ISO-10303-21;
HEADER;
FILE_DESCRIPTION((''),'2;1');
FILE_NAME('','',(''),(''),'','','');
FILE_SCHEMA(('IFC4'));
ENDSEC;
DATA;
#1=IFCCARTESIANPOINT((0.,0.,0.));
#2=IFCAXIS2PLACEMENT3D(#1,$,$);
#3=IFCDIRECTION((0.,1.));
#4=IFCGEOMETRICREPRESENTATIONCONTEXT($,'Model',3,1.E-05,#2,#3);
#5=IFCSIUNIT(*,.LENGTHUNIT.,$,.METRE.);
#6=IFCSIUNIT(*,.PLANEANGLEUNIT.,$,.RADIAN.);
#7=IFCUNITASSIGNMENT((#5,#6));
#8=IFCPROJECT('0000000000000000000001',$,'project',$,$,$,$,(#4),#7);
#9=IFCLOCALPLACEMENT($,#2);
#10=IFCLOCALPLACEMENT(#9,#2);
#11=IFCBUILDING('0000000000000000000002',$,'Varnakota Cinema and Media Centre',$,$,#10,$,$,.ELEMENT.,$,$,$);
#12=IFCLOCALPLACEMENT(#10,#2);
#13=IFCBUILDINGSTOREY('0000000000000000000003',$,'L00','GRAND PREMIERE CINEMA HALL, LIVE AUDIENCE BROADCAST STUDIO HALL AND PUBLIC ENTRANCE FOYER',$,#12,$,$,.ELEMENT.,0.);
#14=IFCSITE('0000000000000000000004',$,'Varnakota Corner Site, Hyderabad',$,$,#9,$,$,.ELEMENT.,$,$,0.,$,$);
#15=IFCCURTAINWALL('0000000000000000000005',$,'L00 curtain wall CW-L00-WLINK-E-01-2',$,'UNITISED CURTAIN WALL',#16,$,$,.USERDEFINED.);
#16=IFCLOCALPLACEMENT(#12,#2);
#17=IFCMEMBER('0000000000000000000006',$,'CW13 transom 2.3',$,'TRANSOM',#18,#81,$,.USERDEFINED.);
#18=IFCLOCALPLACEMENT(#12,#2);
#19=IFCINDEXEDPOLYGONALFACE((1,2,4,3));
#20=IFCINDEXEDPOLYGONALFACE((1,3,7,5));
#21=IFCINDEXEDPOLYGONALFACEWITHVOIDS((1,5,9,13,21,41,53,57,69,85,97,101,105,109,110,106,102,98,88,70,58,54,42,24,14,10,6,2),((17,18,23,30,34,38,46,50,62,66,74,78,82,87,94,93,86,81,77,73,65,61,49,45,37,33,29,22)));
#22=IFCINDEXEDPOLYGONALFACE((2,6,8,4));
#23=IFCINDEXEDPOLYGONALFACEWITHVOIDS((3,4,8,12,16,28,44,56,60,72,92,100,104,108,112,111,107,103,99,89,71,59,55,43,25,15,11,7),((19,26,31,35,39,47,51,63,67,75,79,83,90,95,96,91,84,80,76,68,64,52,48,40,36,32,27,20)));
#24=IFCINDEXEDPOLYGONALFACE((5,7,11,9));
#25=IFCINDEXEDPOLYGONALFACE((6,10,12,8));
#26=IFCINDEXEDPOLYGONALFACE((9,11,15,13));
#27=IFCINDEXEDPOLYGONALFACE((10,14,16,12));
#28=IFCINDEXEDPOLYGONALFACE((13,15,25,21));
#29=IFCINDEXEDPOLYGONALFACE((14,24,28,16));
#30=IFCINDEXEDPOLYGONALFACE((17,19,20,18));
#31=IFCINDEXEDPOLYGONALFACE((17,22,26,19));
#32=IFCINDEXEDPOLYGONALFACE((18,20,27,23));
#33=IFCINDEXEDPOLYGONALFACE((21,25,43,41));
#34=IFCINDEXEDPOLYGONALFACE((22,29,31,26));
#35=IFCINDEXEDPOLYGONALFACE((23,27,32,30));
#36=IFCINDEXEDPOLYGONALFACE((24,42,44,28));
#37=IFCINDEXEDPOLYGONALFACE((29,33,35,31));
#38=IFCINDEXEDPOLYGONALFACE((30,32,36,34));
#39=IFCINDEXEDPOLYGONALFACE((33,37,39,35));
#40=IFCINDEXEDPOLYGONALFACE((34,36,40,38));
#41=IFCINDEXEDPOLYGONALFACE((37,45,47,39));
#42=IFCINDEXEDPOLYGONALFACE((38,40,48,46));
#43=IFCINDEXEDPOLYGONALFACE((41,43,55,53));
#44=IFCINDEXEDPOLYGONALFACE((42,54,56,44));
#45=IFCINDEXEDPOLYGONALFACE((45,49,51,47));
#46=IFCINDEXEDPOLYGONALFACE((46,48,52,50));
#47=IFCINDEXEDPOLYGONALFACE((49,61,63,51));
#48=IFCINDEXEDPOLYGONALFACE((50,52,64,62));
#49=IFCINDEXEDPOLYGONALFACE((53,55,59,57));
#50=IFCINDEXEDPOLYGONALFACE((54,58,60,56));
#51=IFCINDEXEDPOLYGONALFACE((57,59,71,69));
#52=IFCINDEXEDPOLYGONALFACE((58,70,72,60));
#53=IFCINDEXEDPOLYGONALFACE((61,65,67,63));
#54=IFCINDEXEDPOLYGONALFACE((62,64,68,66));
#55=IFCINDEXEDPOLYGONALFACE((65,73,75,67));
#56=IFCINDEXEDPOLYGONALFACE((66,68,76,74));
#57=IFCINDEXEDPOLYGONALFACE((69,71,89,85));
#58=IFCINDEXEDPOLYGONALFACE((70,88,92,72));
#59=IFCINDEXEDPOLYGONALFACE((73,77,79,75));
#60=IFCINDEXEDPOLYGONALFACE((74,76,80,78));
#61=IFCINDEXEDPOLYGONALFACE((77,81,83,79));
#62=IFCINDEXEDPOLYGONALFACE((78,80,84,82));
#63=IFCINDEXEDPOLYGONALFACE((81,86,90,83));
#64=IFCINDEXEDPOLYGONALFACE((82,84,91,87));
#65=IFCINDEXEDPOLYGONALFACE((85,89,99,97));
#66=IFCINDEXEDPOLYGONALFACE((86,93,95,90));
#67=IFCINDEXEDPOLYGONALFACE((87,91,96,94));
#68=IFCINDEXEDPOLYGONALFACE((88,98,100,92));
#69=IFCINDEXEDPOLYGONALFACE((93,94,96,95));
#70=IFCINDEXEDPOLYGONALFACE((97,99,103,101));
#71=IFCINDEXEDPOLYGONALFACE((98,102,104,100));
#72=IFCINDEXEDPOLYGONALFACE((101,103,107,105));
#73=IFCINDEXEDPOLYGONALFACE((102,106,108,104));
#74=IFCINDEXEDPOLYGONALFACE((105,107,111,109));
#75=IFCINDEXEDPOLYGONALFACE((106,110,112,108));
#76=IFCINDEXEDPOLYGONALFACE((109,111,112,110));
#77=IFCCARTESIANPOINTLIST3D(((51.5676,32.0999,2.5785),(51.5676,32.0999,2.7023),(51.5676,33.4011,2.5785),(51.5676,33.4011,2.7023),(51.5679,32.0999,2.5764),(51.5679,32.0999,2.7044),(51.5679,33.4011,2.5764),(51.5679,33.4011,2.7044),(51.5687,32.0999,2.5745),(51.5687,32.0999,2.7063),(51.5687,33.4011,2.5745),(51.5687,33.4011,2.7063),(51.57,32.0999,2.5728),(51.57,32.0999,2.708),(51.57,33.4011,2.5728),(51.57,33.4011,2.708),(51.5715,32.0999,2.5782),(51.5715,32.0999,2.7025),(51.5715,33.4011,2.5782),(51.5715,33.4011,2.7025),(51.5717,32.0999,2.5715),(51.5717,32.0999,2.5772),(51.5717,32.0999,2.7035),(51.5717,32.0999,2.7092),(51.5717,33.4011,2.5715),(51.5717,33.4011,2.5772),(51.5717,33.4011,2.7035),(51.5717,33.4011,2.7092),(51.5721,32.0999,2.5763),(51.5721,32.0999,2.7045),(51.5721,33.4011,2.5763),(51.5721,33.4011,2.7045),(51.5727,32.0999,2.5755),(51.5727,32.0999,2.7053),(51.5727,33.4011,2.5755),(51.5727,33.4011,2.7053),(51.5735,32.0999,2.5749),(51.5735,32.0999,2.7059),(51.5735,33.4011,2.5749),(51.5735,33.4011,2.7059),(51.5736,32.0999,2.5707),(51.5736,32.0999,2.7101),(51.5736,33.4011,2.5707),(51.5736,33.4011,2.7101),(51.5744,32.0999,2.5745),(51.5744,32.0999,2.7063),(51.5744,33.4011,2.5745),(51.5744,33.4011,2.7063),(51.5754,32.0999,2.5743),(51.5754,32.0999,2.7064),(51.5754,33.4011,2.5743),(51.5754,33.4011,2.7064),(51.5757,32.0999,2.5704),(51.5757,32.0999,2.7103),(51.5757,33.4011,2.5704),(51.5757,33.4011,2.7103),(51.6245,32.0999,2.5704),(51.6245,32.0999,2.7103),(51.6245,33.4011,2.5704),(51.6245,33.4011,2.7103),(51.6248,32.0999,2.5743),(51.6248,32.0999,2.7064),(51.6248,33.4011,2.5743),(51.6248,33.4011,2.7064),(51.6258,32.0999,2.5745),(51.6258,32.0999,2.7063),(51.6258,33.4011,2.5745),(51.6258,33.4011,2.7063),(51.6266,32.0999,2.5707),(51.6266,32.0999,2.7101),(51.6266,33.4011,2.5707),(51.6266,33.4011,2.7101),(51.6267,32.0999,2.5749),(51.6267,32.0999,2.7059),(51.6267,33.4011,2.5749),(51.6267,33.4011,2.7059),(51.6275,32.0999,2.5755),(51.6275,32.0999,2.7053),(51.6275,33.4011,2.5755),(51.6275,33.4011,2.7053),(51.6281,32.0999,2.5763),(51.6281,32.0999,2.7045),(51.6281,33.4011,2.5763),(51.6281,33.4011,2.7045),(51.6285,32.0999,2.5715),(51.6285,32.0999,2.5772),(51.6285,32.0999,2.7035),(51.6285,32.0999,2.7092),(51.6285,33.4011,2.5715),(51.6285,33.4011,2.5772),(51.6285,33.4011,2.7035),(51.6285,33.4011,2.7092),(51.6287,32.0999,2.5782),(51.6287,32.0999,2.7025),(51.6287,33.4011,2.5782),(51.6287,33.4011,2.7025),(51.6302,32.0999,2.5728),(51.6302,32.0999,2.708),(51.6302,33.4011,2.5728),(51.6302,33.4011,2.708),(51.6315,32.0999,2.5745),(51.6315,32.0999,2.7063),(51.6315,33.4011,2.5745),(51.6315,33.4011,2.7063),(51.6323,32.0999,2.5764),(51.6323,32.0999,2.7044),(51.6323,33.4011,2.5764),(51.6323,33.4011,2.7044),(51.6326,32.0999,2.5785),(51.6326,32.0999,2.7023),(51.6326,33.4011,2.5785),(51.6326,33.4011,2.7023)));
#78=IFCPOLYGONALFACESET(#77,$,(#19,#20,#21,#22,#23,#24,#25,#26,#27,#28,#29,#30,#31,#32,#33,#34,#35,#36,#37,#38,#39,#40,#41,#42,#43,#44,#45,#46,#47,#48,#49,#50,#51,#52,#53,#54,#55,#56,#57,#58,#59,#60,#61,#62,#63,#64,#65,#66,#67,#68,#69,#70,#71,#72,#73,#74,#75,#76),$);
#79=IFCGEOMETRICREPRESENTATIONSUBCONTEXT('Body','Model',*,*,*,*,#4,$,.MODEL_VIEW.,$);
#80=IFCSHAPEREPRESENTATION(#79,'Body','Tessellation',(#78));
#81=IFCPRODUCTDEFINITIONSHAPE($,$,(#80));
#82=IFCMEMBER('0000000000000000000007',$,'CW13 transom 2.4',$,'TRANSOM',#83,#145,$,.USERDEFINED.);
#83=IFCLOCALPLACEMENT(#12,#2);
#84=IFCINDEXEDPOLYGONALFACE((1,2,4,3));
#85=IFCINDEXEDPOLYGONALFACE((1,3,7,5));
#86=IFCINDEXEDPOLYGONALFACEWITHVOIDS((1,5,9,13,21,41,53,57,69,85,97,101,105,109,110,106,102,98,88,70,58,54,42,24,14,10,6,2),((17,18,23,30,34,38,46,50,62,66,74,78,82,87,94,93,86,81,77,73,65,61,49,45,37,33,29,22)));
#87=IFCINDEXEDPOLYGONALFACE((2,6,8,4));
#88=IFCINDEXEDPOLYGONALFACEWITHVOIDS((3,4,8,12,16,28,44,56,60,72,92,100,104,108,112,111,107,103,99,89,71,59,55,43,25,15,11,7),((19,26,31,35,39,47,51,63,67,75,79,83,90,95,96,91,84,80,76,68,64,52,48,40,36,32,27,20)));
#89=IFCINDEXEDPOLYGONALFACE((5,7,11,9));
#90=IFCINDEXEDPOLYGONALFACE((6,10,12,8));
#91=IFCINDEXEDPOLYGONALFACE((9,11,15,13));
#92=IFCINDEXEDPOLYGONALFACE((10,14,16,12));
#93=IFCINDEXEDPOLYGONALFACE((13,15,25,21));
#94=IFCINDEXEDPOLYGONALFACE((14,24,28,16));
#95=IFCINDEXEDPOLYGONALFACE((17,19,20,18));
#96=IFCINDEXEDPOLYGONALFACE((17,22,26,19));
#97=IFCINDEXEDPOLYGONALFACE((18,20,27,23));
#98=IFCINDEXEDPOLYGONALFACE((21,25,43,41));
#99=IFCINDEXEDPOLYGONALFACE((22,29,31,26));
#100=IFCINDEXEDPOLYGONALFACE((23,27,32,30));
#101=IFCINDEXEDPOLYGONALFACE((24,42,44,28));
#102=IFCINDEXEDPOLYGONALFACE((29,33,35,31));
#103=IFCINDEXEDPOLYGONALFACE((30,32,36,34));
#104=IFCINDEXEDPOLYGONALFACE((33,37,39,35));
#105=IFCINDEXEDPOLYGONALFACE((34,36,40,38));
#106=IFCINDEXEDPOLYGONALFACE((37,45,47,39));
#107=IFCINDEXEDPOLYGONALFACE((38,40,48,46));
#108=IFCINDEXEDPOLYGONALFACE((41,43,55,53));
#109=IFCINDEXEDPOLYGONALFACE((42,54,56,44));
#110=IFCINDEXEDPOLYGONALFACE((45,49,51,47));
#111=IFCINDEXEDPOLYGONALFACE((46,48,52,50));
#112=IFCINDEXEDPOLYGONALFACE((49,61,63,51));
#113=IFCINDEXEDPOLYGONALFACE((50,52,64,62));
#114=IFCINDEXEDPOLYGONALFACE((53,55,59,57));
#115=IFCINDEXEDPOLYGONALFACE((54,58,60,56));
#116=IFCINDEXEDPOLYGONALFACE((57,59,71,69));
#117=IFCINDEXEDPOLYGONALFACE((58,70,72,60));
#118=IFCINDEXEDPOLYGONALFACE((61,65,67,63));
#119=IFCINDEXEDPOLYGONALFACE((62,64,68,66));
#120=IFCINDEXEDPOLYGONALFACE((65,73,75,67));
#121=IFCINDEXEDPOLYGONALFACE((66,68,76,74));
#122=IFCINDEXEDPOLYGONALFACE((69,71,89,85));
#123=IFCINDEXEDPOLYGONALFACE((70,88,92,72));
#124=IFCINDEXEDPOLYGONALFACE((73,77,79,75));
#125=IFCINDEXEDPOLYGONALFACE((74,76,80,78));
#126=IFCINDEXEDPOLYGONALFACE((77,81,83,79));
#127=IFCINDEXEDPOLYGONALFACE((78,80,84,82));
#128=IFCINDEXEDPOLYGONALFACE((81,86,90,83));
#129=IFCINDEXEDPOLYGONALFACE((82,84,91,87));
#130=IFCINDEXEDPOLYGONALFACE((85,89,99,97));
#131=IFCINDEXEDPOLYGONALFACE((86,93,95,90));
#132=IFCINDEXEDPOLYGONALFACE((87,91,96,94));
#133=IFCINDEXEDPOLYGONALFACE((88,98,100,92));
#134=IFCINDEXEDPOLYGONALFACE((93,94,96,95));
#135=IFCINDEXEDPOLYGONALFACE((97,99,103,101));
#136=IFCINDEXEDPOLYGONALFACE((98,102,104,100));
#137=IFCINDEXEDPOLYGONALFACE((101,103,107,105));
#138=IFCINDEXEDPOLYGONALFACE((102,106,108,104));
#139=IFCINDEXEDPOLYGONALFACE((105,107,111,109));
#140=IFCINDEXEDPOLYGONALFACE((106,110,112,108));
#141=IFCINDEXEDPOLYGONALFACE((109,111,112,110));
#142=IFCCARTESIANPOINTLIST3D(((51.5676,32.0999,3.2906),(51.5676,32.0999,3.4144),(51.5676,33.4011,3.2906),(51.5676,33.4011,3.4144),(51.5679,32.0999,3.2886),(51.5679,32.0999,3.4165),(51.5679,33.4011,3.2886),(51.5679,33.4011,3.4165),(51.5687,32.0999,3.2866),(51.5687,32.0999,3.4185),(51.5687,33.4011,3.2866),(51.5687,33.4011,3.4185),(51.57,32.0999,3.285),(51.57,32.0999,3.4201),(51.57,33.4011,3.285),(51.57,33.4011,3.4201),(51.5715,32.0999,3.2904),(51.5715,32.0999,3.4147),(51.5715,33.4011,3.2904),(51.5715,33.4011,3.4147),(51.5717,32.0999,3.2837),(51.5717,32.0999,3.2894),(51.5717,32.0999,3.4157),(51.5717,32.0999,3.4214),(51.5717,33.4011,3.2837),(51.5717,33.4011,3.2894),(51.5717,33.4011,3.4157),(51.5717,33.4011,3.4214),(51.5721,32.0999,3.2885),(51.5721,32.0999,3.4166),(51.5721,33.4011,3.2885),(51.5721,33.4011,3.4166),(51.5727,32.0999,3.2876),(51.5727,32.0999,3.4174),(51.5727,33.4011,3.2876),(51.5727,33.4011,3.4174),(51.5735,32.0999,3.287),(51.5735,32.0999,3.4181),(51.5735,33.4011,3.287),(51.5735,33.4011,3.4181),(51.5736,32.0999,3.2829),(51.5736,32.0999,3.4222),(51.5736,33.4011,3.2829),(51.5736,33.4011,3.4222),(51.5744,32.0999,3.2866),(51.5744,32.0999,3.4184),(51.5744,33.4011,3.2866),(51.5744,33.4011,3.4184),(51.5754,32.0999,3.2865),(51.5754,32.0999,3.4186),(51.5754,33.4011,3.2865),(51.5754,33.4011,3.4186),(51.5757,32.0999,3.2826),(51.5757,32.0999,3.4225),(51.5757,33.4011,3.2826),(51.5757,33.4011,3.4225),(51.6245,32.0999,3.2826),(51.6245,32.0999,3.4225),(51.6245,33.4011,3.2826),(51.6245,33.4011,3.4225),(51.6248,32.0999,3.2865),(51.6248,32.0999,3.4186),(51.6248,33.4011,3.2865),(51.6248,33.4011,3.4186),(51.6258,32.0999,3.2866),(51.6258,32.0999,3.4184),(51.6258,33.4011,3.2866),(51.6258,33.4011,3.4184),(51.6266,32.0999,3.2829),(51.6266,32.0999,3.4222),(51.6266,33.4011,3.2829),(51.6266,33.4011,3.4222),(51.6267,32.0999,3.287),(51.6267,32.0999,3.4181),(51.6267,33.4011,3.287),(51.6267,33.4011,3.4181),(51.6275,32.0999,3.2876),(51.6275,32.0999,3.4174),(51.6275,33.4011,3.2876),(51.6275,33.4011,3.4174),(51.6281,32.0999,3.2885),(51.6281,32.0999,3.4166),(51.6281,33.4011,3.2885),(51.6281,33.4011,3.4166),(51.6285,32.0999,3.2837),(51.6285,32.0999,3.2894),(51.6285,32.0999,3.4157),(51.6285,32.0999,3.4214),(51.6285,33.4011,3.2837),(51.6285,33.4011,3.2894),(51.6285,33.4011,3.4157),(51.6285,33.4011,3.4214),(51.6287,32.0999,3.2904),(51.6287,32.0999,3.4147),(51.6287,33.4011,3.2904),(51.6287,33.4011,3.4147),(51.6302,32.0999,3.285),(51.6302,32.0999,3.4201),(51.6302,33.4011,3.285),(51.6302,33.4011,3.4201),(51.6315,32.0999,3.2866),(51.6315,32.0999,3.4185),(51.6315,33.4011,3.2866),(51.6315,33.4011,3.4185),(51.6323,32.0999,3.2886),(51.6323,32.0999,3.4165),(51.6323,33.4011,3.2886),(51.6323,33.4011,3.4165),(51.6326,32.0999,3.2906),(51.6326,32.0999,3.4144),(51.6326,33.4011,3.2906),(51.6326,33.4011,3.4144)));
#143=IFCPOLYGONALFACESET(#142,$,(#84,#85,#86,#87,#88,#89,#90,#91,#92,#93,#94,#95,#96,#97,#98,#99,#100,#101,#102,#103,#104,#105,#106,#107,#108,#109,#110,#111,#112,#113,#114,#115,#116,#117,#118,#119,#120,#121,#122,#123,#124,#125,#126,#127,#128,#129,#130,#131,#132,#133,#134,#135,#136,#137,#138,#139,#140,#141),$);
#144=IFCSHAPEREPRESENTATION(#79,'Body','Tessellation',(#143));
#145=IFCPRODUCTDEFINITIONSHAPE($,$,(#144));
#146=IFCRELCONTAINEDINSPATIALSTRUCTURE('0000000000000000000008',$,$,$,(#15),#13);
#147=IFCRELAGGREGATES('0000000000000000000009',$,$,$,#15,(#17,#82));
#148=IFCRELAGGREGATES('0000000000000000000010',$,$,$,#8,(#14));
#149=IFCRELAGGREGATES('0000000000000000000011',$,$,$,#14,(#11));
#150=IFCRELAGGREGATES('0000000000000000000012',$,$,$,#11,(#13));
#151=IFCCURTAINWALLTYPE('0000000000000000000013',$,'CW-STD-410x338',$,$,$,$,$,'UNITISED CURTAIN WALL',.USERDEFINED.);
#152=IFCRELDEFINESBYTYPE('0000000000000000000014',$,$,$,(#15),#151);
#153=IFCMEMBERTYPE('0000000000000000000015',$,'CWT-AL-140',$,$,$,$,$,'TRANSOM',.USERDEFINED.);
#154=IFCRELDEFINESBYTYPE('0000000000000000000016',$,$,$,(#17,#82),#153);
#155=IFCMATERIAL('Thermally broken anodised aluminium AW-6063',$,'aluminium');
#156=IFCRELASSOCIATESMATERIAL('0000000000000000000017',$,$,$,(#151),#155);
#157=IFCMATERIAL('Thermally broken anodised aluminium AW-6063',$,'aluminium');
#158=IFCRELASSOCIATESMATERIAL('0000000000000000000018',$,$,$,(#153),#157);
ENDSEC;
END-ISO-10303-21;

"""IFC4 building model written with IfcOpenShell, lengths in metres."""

from ifc_helpers import new_model, si_unit, direction, frame, origin, origin_2d, place, context, subcontext, project, spatial, hollow_rectangle, extrude, material, material_profile, profile_set, type_object, element, aggregate, save


model = new_model("IFC4")

# Units and contexts
model_context = context("Model", 3, precision=1e-05, world=origin(), true_north=direction((0.0, 1.0)))
body_context = subcontext(model_context, "Body", "Model", "MODEL_VIEW")
ifc_project = project(units=[si_unit("LENGTHUNIT", "METRE"), si_unit("PLANEANGLEUNIT", "RADIAN")], contexts=[model_context])

# Site, building, storey
site_placement = place(None, origin())
site = spatial("IfcSite", under=ifc_project, at=site_placement, Name="Varnakota Corner Site, Hyderabad", CompositionType="ELEMENT", RefElevation=0.0)
building_placement = place(site_placement, origin())
building = spatial("IfcBuilding", under=site, at=building_placement, Name="Varnakota Cinema and Media Centre", CompositionType="ELEMENT")
storey_placement = place(building_placement, origin())
storey = spatial("IfcBuildingStorey", under=building, at=storey_placement, Name="L00", Description="GRAND PREMIERE CINEMA HALL, LIVE AUDIENCE BROADCAST STUDIO HALL AND PUBLIC ENTRANCE FOYER", CompositionType="ELEMENT", Elevation=0.0)

# Shared definitions
ifc_material_1 = material(Name="Thermally broken anodised aluminium AW-6063", Category="aluminium")
curtain_wall_type = type_object("IfcCurtainWallType", Name="CW-STD-410x338", ElementType="UNITISED CURTAIN WALL", PredefinedType="USERDEFINED", material=ifc_material_1)

# Curtain wall, members
curtain_wall_1_placement = place(storey_placement, origin())
curtain_wall_1 = element("IfcCurtainWall", 1, at=curtain_wall_1_placement, inside=storey, type_object=curtain_wall_type, Name="L00 curtain wall CW-L00-WLINK-E-01-2", ObjectType="UNITISED CURTAIN WALL", PredefinedType="USERDEFINED")
ifc_material_2 = material(Name="Thermally broken anodised aluminium AW-6063", Category="aluminium")
ifc_material_profile_1 = material_profile(ifc_material_2, hollow_rectangle(XDim=0.0649, YDim=0.1399, WallThickness=0.0039, InnerFilletRadius=0.0039, OuterFilletRadius=0.0081, at=origin_2d()), Name="AL-TRANSOM 140x65x4")
ifc_profile_set_1 = profile_set([ifc_material_profile_1], Name="Thermally broken anodised aluminium AW-6063")
member_type_1 = type_object("IfcMemberType", Name="CWT-AL-140", ElementType="TRANSOM", PredefinedType="USERDEFINED", material=ifc_profile_set_1)
member_1_placement = place(storey_placement, frame((51.6001, 32.0999, 2.6404), z_axis=(0.0, 1.0, 0.0), x_axis=(-1.0, 0.0, 0.0)))
member_1 = element("IfcMember", 2, at=member_1_placement, type_object=member_type_1, Name="CW13 transom 2.3", ObjectType="TRANSOM", PredefinedType="USERDEFINED", context=body_context, shape_type="SweptSolid", body=[
    extrude(hollow_rectangle(XDim=0.0649, YDim=0.1399, WallThickness=0.0039, InnerFilletRadius=0.0039, OuterFilletRadius=0.0081, at=origin_2d()), origin(), (0.0, 0.0, 1.0), 1.3013),
])
member_2_placement = place(storey_placement, frame((51.6001, 32.0999, 3.3525), z_axis=(0.0, 1.0, 0.0), x_axis=(-1.0, 0.0, 0.0)))
member_2 = element("IfcMember", 3, at=member_2_placement, type_object=member_type_1, Name="CW13 transom 2.4", ObjectType="TRANSOM", PredefinedType="USERDEFINED", context=body_context, shape_type="SweptSolid", body=[
    extrude(hollow_rectangle(XDim=0.0649, YDim=0.1399, WallThickness=0.0039, InnerFilletRadius=0.0039, OuterFilletRadius=0.0081, at=origin_2d()), origin(), (0.0, 0.0, 1.0), 1.3013),
])
aggregate(curtain_wall_1, [member_1, member_2])

save(model, "model.ifc")
